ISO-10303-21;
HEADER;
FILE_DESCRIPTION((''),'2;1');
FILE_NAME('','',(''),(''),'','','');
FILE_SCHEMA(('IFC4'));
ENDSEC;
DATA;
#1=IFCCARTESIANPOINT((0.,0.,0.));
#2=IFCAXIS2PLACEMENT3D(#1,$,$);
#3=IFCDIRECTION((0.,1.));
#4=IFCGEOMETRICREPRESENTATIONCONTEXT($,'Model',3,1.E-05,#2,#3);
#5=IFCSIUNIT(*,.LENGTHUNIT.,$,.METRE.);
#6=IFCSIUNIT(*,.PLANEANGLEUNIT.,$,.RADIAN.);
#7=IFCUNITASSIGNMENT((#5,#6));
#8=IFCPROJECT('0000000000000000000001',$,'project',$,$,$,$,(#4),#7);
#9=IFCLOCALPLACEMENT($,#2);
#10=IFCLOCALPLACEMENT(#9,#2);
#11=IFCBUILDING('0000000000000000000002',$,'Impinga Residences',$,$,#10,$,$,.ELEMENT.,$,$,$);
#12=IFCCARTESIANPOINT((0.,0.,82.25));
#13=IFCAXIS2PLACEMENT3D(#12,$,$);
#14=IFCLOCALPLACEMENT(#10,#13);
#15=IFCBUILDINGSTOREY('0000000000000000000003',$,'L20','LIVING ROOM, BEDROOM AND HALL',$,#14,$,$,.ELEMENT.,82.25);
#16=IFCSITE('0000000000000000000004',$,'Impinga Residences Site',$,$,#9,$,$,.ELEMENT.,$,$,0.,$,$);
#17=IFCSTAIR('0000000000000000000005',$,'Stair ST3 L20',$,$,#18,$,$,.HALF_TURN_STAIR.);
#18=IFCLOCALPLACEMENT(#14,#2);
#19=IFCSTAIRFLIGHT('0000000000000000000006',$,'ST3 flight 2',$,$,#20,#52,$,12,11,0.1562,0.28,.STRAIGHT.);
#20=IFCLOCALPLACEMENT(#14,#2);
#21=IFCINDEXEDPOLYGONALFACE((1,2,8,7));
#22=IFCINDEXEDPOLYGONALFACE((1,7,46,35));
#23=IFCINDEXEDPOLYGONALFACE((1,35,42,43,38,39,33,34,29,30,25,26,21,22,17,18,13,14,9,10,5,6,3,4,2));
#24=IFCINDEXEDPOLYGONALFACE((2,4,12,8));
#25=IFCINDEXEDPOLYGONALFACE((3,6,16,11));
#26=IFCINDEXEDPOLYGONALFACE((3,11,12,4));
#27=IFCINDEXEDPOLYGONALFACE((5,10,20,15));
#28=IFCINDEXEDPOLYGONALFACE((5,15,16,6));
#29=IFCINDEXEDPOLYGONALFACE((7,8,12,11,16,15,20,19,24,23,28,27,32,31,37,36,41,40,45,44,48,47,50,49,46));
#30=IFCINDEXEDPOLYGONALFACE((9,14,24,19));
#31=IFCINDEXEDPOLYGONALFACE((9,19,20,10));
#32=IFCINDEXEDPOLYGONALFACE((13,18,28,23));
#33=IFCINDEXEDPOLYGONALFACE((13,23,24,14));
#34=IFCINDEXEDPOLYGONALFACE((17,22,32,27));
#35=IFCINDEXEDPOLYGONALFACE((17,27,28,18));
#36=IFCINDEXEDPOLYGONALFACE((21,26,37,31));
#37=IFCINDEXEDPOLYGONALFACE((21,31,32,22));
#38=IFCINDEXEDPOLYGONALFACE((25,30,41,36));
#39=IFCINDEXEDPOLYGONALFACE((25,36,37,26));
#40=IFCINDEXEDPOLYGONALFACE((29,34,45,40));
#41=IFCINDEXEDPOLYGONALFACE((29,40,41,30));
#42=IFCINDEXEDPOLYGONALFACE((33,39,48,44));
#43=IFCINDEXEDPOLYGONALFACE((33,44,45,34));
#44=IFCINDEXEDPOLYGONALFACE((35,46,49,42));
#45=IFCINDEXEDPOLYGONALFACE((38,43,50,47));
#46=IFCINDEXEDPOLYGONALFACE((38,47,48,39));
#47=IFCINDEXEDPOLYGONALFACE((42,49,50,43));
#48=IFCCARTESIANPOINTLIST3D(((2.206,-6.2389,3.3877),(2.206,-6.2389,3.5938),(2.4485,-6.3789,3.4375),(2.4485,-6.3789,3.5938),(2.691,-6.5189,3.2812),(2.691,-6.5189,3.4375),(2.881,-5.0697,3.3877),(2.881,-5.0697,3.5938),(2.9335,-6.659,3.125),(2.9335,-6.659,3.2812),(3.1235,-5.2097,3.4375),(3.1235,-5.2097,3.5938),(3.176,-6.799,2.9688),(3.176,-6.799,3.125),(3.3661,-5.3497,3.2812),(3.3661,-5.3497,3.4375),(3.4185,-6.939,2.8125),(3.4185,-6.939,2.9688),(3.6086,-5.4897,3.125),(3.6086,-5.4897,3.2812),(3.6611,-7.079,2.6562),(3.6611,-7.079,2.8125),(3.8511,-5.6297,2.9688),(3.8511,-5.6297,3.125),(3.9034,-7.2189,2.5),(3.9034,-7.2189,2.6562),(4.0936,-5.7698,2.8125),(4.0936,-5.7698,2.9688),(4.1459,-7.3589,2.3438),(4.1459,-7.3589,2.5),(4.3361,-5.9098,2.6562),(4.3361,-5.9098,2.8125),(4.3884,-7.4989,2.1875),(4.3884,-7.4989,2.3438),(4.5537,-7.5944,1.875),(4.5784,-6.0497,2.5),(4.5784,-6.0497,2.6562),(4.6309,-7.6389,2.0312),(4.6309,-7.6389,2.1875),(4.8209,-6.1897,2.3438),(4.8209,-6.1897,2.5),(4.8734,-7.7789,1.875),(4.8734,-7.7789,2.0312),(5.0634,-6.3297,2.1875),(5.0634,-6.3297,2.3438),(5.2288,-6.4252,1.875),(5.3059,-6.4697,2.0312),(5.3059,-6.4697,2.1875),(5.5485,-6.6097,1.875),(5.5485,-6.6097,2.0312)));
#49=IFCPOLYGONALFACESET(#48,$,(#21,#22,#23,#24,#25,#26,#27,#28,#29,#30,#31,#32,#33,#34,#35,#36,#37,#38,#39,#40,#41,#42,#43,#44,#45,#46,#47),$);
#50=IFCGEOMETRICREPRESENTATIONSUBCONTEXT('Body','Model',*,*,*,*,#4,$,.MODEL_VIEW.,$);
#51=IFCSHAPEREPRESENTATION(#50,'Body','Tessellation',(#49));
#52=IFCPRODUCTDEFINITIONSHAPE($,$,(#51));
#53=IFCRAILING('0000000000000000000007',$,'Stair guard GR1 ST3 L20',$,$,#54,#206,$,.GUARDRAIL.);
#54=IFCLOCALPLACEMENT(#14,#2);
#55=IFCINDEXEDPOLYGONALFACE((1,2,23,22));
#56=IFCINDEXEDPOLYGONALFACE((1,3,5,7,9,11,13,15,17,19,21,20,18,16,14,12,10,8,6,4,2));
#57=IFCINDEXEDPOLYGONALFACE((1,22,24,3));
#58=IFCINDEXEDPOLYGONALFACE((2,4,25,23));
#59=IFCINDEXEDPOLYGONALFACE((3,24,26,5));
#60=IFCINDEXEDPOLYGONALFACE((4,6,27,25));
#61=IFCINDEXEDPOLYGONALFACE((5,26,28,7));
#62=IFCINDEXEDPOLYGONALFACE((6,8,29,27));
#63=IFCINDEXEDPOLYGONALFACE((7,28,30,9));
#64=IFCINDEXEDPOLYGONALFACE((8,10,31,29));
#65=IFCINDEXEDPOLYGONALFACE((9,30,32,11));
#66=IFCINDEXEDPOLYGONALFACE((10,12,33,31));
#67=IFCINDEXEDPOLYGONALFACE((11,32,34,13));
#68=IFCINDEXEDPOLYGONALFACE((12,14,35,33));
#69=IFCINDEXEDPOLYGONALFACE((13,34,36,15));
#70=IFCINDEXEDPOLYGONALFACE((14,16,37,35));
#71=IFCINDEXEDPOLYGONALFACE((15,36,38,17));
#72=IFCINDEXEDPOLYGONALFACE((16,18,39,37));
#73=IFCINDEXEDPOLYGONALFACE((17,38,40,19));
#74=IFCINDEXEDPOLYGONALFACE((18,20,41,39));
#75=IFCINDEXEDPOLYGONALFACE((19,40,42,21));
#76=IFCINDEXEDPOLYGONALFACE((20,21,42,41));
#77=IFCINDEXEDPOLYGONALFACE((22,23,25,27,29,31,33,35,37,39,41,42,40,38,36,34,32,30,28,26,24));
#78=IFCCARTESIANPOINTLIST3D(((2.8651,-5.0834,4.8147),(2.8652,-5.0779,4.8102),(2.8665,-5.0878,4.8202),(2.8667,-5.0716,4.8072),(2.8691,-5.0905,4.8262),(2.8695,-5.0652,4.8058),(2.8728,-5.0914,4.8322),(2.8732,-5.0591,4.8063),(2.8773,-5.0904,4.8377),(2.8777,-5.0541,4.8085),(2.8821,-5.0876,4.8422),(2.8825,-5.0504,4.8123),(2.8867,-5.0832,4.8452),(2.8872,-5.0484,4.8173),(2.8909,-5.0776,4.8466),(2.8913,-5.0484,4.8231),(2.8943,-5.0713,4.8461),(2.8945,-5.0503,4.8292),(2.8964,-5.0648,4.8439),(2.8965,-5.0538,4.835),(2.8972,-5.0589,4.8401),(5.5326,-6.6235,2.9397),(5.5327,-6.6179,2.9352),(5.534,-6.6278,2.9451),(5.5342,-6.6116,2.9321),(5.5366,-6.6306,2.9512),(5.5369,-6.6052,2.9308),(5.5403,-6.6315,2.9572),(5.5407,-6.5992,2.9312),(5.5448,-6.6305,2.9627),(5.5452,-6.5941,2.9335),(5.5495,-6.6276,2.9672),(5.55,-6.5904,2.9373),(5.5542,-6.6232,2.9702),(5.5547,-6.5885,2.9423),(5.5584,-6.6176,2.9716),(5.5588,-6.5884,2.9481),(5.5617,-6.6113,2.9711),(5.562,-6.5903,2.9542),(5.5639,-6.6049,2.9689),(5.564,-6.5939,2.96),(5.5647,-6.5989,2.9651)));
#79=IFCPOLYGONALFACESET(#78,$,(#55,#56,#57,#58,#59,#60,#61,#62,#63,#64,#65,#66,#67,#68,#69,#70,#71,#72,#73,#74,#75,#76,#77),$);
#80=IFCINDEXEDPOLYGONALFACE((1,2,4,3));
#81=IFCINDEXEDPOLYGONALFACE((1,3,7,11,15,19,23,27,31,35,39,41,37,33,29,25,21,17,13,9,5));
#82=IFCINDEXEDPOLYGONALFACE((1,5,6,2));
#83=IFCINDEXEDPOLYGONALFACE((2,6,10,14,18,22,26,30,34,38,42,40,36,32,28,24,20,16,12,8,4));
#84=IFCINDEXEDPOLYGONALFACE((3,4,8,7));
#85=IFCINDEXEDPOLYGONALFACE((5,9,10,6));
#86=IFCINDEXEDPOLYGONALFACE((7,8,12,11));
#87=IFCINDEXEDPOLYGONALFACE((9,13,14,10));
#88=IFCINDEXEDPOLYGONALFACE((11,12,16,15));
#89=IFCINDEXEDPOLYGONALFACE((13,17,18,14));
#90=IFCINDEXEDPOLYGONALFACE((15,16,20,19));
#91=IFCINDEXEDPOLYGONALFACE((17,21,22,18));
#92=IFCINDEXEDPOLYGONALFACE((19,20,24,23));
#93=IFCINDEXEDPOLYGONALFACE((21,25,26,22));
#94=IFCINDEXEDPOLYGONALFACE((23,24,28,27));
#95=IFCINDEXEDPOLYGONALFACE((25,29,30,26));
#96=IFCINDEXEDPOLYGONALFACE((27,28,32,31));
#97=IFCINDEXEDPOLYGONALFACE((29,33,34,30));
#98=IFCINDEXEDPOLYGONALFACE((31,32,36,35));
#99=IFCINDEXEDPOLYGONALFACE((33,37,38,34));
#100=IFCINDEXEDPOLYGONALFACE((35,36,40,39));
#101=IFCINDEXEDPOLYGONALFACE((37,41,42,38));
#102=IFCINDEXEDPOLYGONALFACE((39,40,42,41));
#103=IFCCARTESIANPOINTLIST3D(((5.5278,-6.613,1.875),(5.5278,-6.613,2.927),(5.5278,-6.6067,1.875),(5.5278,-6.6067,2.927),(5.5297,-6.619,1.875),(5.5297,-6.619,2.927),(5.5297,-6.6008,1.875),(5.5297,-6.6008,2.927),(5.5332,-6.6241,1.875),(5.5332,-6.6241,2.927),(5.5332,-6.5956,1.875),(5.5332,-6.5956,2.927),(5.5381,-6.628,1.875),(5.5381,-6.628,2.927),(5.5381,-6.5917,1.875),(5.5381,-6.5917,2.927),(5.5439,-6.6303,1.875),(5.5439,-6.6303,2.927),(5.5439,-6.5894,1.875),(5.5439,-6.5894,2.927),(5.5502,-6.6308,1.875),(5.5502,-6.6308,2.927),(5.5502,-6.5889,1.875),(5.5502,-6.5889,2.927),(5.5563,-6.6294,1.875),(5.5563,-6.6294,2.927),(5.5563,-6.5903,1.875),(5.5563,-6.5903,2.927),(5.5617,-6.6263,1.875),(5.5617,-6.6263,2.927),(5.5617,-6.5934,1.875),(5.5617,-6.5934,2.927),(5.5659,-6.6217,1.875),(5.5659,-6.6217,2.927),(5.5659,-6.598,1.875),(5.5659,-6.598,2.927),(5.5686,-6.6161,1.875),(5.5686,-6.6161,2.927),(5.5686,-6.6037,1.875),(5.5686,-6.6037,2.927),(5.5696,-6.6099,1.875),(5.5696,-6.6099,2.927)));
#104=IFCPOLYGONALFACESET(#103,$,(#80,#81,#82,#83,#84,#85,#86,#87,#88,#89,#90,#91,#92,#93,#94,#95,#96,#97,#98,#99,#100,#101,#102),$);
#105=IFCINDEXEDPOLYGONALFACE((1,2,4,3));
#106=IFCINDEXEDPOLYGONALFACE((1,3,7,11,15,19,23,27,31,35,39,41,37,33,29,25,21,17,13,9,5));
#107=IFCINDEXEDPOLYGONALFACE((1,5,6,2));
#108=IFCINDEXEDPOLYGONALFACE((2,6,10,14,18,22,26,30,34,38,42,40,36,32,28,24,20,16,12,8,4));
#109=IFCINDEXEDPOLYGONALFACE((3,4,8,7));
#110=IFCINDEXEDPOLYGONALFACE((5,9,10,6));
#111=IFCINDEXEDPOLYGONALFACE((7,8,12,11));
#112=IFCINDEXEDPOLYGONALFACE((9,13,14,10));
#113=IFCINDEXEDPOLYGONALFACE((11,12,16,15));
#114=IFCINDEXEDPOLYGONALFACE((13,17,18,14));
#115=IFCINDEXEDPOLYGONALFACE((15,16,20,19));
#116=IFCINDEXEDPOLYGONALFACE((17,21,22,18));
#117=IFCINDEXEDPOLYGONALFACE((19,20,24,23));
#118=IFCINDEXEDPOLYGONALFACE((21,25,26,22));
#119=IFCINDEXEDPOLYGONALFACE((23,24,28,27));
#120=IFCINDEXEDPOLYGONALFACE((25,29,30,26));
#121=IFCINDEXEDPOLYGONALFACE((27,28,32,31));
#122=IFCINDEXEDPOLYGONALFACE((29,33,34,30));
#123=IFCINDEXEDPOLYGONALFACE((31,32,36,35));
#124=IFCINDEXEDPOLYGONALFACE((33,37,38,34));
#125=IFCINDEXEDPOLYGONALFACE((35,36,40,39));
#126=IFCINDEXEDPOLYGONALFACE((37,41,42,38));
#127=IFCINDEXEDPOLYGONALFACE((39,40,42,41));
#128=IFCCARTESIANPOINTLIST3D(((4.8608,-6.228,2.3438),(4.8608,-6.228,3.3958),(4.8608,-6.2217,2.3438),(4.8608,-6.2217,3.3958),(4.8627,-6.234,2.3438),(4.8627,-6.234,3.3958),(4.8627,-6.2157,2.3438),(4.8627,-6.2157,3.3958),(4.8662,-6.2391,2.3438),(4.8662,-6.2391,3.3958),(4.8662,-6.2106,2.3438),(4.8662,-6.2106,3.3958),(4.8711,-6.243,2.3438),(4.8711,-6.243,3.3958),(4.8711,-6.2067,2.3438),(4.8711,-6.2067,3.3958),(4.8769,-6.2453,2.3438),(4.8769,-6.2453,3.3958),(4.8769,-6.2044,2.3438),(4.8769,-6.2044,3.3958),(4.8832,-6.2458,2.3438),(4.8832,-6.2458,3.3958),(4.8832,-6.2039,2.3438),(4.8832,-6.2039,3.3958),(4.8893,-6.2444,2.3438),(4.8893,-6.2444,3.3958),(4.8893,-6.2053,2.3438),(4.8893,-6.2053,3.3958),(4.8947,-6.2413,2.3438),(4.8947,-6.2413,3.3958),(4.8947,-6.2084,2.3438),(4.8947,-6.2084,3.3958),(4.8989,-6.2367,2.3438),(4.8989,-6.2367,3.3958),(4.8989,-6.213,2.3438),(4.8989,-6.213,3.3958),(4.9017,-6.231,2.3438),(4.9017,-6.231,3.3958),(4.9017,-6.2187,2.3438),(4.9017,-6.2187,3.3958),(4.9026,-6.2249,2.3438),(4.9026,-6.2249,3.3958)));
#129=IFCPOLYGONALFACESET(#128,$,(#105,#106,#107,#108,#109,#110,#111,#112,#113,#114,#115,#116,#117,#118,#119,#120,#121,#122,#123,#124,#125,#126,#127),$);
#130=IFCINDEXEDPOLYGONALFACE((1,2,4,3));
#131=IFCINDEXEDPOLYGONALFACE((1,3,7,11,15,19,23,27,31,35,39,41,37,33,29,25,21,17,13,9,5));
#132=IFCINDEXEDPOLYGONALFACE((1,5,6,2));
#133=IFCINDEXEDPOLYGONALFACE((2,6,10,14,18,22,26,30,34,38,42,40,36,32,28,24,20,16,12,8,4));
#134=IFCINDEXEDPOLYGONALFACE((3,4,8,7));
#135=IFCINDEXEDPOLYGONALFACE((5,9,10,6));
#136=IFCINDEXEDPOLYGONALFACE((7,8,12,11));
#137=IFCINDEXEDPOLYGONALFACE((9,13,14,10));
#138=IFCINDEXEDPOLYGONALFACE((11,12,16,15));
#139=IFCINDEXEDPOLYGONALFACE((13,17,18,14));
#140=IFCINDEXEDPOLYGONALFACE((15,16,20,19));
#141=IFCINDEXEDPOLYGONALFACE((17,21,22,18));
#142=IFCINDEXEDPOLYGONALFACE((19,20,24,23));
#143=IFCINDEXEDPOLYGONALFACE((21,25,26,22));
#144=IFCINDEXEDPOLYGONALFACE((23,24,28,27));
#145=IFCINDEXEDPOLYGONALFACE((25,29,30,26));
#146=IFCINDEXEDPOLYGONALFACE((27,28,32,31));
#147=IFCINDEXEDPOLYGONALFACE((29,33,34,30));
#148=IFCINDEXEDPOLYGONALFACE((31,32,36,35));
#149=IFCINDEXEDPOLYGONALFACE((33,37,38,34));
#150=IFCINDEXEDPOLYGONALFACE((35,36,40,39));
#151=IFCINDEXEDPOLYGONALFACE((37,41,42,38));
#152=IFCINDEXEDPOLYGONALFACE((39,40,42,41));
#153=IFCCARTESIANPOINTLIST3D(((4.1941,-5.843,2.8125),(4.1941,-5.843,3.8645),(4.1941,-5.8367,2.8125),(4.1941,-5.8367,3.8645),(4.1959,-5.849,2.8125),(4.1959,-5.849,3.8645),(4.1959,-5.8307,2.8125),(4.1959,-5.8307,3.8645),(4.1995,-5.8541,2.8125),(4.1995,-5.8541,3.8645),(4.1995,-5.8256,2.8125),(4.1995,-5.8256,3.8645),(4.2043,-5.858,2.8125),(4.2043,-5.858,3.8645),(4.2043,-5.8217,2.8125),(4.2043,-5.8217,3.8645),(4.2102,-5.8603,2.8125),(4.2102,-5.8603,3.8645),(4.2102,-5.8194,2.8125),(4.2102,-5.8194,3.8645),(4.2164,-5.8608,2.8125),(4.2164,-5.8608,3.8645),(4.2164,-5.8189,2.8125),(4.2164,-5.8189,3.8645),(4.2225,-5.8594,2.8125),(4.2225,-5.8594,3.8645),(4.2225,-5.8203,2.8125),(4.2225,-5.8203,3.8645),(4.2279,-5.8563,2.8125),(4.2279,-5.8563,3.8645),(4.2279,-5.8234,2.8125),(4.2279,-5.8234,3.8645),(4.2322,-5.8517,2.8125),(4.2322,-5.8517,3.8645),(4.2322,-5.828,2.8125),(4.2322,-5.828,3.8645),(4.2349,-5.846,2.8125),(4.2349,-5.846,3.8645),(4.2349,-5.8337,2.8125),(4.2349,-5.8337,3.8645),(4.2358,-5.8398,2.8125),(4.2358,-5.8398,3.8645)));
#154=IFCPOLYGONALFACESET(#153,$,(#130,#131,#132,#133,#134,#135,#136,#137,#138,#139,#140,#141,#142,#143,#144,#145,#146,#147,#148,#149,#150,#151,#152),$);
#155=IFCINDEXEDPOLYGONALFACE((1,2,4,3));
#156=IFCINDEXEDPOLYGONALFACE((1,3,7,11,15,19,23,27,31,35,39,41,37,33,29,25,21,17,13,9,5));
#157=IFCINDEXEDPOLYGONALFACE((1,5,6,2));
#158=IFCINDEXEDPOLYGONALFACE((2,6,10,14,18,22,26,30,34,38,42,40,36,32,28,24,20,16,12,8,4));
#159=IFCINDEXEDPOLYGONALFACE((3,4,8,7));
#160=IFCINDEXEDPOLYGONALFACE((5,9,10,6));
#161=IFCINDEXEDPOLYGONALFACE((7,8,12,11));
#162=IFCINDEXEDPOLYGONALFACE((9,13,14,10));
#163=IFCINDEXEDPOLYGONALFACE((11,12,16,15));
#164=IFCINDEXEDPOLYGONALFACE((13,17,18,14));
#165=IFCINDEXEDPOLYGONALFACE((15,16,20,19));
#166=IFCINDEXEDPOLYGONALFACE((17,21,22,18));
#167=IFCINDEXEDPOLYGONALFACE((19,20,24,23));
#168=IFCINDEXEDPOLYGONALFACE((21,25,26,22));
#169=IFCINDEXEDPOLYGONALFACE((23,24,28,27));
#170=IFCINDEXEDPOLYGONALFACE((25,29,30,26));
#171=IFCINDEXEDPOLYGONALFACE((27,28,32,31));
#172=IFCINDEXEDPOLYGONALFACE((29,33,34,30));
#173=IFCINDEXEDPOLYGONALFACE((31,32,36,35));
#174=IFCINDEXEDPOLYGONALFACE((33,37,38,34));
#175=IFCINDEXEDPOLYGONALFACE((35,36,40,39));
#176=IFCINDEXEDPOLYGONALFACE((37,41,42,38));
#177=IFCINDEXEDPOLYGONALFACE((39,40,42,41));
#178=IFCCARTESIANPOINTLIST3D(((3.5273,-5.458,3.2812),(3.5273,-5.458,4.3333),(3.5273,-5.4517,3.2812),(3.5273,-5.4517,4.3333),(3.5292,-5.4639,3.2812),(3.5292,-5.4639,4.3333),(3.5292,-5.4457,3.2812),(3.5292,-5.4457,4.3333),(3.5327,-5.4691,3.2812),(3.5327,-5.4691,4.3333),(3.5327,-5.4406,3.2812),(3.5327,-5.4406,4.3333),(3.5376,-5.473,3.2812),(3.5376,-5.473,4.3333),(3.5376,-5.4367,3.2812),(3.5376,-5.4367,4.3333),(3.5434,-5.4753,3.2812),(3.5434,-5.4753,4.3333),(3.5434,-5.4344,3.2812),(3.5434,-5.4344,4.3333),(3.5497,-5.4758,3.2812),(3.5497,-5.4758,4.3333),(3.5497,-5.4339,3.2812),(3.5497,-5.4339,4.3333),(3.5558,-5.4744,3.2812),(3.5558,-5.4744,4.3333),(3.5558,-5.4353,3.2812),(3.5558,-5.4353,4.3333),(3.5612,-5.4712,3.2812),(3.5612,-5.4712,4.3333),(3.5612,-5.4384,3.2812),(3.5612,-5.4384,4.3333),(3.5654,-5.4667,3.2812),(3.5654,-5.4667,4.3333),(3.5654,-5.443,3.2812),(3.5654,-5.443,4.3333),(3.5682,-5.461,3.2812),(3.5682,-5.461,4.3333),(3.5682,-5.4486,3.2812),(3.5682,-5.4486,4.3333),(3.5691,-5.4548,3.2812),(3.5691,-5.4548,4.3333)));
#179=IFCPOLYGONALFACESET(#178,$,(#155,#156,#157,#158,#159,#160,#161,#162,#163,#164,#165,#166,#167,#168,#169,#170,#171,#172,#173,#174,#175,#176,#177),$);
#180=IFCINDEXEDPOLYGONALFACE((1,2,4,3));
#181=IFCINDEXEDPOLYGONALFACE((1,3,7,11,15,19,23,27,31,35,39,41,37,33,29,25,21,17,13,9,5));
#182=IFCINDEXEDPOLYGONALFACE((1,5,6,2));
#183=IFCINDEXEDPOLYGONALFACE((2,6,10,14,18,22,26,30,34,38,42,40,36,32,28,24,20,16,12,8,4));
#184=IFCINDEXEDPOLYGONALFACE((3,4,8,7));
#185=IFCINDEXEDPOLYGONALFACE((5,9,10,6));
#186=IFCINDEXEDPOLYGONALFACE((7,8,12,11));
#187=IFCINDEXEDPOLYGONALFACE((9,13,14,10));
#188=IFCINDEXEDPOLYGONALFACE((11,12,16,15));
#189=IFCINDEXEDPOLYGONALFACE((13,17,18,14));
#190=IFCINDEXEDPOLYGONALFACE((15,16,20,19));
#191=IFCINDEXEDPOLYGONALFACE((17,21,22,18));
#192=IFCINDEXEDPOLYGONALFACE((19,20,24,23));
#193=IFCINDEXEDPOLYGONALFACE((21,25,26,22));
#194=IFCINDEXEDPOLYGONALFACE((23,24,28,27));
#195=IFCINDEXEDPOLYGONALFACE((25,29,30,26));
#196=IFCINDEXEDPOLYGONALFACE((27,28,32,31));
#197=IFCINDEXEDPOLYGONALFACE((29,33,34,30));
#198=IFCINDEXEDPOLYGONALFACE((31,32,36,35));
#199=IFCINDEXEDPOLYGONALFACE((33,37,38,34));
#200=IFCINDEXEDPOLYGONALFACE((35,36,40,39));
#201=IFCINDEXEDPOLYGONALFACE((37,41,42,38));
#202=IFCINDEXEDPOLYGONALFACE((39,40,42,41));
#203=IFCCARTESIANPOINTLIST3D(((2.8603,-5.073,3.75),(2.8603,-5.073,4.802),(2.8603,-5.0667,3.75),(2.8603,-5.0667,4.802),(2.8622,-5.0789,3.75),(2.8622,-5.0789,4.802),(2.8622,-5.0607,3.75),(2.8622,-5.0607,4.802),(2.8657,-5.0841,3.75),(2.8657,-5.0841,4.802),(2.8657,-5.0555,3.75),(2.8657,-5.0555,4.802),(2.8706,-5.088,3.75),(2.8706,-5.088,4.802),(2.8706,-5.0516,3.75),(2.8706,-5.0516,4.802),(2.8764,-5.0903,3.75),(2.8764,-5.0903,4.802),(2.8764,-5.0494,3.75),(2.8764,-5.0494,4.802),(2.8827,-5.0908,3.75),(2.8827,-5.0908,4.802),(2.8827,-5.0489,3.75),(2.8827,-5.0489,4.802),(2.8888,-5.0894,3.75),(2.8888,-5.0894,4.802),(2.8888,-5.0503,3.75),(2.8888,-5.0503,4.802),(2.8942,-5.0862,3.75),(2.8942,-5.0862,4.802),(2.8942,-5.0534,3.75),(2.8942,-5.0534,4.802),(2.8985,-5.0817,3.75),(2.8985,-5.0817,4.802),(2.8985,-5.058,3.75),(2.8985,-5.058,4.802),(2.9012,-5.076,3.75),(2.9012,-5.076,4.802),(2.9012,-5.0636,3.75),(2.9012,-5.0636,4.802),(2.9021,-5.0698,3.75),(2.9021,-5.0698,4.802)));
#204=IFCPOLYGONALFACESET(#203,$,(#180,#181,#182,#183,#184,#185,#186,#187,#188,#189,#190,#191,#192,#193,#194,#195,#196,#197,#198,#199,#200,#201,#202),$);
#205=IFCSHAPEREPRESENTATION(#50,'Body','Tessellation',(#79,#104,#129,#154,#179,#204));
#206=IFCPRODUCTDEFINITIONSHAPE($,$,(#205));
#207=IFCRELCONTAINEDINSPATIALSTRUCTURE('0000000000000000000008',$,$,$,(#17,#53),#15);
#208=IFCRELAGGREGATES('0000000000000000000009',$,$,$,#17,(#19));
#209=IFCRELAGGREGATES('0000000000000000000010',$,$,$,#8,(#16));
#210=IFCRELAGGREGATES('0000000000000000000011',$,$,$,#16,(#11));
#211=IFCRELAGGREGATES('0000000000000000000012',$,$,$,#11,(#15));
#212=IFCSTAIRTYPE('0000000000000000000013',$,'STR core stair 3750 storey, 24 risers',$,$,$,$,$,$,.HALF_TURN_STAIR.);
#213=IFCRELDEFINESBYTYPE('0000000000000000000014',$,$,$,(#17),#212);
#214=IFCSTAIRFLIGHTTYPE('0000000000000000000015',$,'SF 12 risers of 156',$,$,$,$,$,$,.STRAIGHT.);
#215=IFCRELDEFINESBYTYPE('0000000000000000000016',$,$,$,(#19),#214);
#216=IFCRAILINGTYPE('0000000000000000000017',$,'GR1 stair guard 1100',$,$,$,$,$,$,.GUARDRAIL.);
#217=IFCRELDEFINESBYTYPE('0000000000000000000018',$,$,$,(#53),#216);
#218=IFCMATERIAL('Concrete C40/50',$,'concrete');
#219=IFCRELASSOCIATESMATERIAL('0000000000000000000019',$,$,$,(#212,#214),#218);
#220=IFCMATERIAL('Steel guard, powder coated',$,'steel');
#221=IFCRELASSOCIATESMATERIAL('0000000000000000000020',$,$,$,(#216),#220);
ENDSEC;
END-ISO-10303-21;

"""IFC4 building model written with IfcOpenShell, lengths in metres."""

from ifc_helpers import new_model, si_unit, direction, frame, origin, origin_2d, place, context, subcontext, project, spatial, polyline, circle, outline, extrude, material, type_object, element, aggregate, save


model = new_model("IFC4")

# Units and contexts
model_context = context("Model", 3, precision=1e-05, world=origin(), true_north=direction((0.0, 1.0)))
body_context = subcontext(model_context, "Body", "Model", "MODEL_VIEW")
ifc_project = project(units=[si_unit("LENGTHUNIT", "METRE"), si_unit("PLANEANGLEUNIT", "RADIAN")], contexts=[model_context])

# Site, building, storey
site_placement = place(None, origin())
site = spatial("IfcSite", under=ifc_project, at=site_placement, Name="Impinga Residences Site", CompositionType="ELEMENT", RefElevation=0.0)
building_placement = place(site_placement, origin())
building = spatial("IfcBuilding", under=site, at=building_placement, Name="Impinga Residences", CompositionType="ELEMENT")
storey_placement = place(building_placement, frame((0.0, 0.0, 82.25)))
storey = spatial("IfcBuildingStorey", under=building, at=storey_placement, Name="L20", Description="LIVING ROOM, BEDROOM AND HALL", CompositionType="ELEMENT", Elevation=82.25)

# Stair, stair flight
ifc_material_1 = material(Name="Concrete C40/50", Category="concrete")
stair_type = type_object("IfcStairType", Name="STR core stair 3750 storey, 24 risers", PredefinedType="HALF_TURN_STAIR", material=ifc_material_1)
stair_placement = place(storey_placement, origin())
stair = element("IfcStair", 1, at=stair_placement, inside=storey, type_object=stair_type, Name="Stair ST3 L20", PredefinedType="HALF_TURN_STAIR")
stair_flight_type = type_object("IfcStairFlightType", Name="SF 12 risers of 156", PredefinedType="STRAIGHT", material=ifc_material_1)
stair_flight_placement = place(storey_placement, frame((5.2109, -7.1943, 1.875), z_axis=(0.0, 0.0, 1.0), x_axis=(-0.866025, 0.5, 0.0)))
stair_flight = element("IfcStairFlight", 2, at=stair_flight_placement, type_object=stair_flight_type, Name="ST3 flight 2", NumberOfRisers=12, NumberOfTreads=11, PredefinedType="STRAIGHT", RiserHeight=0.1562, TreadLength=0.28, context=body_context, shape_type="SweptSolid", body=[
    extrude(outline(polyline([(0.0, 0.0), (0.0, 0.1562), (0.28, 0.1562), (0.28, 0.3125), (0.5601, 0.3125), (0.5601, 0.4688), (0.8401, 0.4688), (0.8401, 0.625), (1.1201, 0.625), (1.1201, 0.7812), (1.3999, 0.7812), (1.3999, 0.9375), (1.6799, 0.9375), (1.6799, 1.0938), (1.96, 1.0938), (1.96, 1.25), (2.24, 1.25), (2.24, 1.4062), (2.52, 1.4062), (2.52, 1.5625), (2.8, 1.5625), (2.8, 1.7188), (3.0801, 1.7188), (3.0801, 1.875), (3.0801, 1.5127), (0.3691, 0.0), (0.0, 0.0)])), frame((0.0, 0.675, 0.0), z_axis=(0.0, -1.0, 0.0), x_axis=(1.0, 0.0, 0.0)), (0.0, 0.0, 1.0), 1.3501),
])
aggregate(stair, [stair_flight])

# Railing
ifc_material_2 = material(Name="Steel guard, powder coated", Category="steel")
railing_type_1 = type_object("IfcRailingType", Name="GR1 stair guard 1100", PredefinedType="GUARDRAIL", material=ifc_material_2)
railing_1_placement = place(storey_placement, frame((5.5486, -6.6099, 1.875)))
element("IfcRailing", 3, at=railing_1_placement, inside=storey, type_object=railing_type_1, Name="Stair guard GR1 ST3 L20", PredefinedType="GUARDRAIL", context=body_context, shape_type="SweptSolid", body=[
    extrude(circle(Radius=0.0239, at=origin_2d()), frame((0.0, 0.0, 1.0762), z_axis=(-0.739746, 0.427084, 0.519975), x_axis=(-0.499992, -0.86603, 0.0)), (0.0, 0.0, 1.0), 3.606),
    extrude(circle(Radius=0.021, at=origin_2d()), origin(), (0.0, 0.0, 1.0), 1.052),
    extrude(circle(Radius=0.021, at=origin_2d()), frame((-0.667, 0.385, 0.4688)), (0.0, 0.0, 1.0), 1.052),
    extrude(circle(Radius=0.021, at=origin_2d()), frame((-1.3337, 0.77, 0.9375)), (0.0, 0.0, 1.0), 1.052),
    extrude(circle(Radius=0.021, at=origin_2d()), frame((-2.0005, 1.155, 1.4062)), (0.0, 0.0, 1.0), 1.052),
    extrude(circle(Radius=0.021, at=origin_2d()), frame((-2.6675, 1.54, 1.875)), (0.0, 0.0, 1.0), 1.052),
])

save(model, "model.ifc")
